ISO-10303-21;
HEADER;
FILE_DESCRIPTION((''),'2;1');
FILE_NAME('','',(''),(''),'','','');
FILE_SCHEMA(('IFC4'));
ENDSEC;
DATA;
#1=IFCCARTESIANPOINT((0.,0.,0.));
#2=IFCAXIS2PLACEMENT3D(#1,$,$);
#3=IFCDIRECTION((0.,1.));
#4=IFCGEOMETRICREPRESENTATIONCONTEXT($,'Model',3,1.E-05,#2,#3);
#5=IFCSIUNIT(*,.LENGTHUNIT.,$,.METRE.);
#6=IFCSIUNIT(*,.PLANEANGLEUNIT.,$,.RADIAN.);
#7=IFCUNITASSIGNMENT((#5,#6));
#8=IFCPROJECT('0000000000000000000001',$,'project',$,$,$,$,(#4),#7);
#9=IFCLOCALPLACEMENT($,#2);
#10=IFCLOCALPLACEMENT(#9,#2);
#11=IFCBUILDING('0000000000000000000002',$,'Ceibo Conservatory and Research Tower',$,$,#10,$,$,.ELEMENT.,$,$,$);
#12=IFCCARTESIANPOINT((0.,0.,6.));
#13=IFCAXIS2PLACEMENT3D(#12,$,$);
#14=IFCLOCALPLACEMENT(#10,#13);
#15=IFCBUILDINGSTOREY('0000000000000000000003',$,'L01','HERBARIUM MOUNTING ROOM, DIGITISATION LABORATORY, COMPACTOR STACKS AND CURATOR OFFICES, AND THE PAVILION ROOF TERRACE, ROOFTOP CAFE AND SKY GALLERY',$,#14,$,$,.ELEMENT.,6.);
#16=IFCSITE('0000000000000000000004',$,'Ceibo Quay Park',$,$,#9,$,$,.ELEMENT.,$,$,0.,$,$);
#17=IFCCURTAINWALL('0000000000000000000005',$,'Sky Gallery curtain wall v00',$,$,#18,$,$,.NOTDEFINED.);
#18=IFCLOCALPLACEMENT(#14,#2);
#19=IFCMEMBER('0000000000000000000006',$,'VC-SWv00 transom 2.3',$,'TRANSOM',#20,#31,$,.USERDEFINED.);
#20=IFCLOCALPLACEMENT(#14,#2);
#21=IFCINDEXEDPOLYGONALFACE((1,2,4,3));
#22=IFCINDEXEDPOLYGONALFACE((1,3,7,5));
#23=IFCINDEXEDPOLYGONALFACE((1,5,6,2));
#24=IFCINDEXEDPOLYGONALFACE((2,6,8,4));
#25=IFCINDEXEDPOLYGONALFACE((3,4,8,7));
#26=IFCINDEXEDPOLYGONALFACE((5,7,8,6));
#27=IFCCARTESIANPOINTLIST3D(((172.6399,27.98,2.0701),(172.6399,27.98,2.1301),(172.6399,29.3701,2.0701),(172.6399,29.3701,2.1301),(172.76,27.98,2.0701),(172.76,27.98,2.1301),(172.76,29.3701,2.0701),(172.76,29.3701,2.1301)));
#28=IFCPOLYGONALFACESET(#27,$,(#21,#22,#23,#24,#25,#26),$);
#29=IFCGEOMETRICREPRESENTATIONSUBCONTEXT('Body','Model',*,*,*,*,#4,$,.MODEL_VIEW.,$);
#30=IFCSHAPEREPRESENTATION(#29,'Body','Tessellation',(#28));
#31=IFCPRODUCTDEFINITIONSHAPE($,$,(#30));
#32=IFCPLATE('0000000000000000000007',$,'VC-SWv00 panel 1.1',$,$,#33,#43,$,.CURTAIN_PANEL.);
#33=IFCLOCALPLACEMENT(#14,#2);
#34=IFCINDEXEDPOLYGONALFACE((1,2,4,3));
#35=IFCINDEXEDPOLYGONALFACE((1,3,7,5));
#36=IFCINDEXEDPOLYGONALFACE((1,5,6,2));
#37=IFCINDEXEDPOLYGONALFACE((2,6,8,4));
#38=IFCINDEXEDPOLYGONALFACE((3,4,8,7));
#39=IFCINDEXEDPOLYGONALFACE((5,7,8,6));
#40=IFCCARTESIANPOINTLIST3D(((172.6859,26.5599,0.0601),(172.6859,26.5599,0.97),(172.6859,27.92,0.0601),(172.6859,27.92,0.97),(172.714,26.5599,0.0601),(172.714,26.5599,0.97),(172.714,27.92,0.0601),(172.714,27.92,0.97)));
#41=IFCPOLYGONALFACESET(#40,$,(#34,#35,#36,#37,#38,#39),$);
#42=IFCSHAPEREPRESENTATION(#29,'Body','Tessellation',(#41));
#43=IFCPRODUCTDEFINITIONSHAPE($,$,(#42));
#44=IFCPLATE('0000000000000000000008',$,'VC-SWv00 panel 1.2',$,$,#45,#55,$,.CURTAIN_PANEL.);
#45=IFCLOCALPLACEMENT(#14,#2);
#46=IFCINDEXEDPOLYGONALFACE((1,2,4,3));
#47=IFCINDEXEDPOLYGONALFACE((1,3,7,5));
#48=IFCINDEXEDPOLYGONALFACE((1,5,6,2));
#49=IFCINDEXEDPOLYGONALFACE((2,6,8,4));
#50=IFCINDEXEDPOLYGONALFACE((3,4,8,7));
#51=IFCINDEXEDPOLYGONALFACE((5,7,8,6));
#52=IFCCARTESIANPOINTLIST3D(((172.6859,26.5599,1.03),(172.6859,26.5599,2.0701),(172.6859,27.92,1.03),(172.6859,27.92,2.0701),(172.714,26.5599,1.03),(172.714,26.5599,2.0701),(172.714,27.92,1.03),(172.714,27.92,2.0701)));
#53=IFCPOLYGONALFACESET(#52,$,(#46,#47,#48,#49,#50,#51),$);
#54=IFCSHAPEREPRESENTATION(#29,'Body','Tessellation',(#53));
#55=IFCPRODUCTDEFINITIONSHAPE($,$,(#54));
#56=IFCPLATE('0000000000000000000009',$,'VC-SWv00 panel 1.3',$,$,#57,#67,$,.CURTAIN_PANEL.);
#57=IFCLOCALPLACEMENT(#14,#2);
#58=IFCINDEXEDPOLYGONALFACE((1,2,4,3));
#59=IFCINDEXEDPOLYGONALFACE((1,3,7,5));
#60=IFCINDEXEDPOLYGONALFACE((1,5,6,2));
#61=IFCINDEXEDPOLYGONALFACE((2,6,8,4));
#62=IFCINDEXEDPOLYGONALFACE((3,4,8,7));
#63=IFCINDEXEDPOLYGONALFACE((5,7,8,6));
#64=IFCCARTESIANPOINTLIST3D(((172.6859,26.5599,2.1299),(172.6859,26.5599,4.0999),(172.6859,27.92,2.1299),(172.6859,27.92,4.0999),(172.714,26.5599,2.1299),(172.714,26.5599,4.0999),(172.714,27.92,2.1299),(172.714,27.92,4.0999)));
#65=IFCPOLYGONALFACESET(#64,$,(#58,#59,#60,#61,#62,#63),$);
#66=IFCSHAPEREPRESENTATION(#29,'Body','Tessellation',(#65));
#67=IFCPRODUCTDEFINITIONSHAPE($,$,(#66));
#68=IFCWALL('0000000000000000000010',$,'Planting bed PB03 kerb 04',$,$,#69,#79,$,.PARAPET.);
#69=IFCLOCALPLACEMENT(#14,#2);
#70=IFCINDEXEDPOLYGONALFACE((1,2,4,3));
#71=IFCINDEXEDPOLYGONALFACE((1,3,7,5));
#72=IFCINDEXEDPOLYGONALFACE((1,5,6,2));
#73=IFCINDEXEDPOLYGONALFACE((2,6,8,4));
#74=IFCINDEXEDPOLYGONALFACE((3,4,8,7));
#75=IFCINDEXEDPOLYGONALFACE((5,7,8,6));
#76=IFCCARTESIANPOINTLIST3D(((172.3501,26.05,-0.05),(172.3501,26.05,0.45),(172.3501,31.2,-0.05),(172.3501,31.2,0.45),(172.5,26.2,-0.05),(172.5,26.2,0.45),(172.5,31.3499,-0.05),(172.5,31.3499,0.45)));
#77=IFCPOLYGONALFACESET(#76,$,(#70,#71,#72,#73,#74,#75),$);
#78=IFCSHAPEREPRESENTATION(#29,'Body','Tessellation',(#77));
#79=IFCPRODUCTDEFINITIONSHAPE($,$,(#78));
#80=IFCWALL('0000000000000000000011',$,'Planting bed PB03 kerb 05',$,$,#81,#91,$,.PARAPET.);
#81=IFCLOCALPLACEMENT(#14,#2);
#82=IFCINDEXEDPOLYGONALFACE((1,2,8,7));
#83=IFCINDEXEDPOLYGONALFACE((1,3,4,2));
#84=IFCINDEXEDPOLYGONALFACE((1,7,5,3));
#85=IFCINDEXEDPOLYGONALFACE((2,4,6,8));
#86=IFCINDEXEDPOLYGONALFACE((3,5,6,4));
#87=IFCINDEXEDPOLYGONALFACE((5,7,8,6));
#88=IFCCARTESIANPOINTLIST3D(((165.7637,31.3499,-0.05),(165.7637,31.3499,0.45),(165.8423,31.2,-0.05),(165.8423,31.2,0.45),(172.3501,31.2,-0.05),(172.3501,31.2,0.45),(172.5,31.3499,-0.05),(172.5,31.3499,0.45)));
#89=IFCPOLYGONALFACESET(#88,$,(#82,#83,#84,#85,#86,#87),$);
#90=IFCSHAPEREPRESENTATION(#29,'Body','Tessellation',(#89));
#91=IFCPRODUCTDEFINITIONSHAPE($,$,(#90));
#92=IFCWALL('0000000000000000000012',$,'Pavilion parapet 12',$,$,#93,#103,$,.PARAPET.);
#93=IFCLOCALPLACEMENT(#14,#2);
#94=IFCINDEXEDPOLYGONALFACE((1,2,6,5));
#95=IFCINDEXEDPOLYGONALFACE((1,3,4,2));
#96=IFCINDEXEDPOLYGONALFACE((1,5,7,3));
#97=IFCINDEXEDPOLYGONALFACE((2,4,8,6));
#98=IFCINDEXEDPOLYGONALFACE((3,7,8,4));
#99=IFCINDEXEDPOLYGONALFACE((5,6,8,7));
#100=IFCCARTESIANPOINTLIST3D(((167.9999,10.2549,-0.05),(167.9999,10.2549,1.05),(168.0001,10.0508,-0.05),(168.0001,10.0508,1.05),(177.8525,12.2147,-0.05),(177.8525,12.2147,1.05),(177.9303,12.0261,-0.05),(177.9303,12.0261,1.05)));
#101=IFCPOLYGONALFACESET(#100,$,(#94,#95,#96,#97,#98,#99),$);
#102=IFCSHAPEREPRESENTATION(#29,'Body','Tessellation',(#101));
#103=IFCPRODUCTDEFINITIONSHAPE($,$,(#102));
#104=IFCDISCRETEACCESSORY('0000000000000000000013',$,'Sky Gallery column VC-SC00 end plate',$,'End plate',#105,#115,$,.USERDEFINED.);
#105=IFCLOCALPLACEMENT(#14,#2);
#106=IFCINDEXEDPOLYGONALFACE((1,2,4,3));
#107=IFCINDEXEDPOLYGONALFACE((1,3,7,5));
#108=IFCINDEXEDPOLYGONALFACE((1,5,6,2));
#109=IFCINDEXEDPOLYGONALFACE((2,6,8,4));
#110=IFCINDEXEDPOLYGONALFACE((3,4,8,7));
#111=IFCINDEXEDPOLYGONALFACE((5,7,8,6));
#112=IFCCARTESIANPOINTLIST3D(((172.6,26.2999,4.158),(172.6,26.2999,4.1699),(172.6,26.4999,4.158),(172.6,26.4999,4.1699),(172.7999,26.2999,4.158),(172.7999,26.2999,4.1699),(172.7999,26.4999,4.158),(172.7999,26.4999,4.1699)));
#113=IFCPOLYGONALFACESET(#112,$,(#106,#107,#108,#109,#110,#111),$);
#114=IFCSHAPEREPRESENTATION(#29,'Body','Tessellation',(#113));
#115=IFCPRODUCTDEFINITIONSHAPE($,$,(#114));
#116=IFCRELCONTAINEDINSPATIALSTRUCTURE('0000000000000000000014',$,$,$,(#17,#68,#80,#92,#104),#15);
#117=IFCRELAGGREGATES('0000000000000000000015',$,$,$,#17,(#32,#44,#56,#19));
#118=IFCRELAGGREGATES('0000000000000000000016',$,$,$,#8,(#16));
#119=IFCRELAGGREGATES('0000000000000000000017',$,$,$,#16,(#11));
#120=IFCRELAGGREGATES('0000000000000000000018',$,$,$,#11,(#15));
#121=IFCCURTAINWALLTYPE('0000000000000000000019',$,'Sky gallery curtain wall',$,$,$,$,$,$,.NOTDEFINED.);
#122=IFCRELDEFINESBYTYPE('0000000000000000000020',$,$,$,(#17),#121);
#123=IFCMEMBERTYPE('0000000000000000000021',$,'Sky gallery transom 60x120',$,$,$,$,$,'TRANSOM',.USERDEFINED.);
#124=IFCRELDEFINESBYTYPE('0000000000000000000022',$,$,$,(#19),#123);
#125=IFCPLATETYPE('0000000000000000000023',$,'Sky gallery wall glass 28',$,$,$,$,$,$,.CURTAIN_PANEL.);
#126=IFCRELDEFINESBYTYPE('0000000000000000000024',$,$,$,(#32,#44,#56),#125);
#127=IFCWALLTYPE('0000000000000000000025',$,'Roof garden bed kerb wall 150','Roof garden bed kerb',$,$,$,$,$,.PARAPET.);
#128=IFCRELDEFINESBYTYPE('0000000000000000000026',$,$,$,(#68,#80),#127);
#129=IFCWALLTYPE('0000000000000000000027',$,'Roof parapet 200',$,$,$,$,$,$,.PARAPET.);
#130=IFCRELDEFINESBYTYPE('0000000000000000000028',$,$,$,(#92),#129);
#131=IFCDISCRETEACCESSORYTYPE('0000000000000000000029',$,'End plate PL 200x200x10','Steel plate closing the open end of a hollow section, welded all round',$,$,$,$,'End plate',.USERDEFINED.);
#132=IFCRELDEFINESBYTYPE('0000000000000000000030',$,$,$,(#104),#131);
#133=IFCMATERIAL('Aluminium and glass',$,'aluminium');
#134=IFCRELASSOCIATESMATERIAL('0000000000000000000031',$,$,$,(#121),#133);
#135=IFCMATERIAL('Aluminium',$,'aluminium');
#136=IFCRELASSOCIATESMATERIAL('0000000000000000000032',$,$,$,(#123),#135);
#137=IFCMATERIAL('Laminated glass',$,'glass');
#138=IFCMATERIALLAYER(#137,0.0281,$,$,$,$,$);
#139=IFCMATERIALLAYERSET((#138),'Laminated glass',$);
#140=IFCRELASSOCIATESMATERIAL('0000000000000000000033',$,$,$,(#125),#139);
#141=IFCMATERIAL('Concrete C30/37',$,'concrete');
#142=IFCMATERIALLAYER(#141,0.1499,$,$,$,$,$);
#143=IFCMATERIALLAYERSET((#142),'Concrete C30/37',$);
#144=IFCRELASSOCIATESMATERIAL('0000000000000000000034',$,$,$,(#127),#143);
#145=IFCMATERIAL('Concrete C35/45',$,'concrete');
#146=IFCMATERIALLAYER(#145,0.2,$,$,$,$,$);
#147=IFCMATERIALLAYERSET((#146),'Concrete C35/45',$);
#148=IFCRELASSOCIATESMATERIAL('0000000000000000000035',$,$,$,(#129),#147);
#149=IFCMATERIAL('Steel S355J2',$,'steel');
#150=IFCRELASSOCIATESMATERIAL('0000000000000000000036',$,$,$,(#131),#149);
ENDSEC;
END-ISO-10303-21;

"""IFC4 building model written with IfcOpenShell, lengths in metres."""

from ifc_helpers import new_model, si_unit, direction, frame, origin, origin_2d, place, context, subcontext, project, spatial, polyline, rectangle, outline, extrude, material, layer, layer_set, material_profile, profile_set, type_object, element, aggregate, save


model = new_model("IFC4")

# Units and contexts
model_context = context("Model", 3, precision=1e-05, world=origin(), true_north=direction((0.0, 1.0)))
body_context = subcontext(model_context, "Body", "Model", "MODEL_VIEW")
ifc_project = project(units=[si_unit("LENGTHUNIT", "METRE"), si_unit("PLANEANGLEUNIT", "RADIAN")], contexts=[model_context])

# Site, building, storey
site_placement = place(None, origin())
site = spatial("IfcSite", under=ifc_project, at=site_placement, Name="Ceibo Quay Park", CompositionType="ELEMENT", RefElevation=0.0)
building_placement = place(site_placement, origin())
building = spatial("IfcBuilding", under=site, at=building_placement, Name="Ceibo Conservatory and Research Tower", CompositionType="ELEMENT")
storey_placement = place(building_placement, frame((0.0, 0.0, 6.0)))
storey = spatial("IfcBuildingStorey", under=building, at=storey_placement, Name="L01", Description="HERBARIUM MOUNTING ROOM, DIGITISATION LABORATORY, COMPACTOR STACKS AND CURATOR OFFICES, AND THE PAVILION ROOF TERRACE, ROOFTOP CAFE AND SKY GALLERY", CompositionType="ELEMENT", Elevation=6.0)

# Shared definitions
ifc_material_1 = material(Name="Steel S355J2", Category="steel")

# Curtain wall, member, plates
ifc_material_2 = material(Name="Aluminium and glass", Category="aluminium")
curtain_wall_type = type_object("IfcCurtainWallType", Name="Sky gallery curtain wall", PredefinedType="NOTDEFINED", material=ifc_material_2)
curtain_wall_placement = place(storey_placement, origin())
curtain_wall = element("IfcCurtainWall", 1, at=curtain_wall_placement, inside=storey, type_object=curtain_wall_type, Name="Sky Gallery curtain wall v00", PredefinedType="NOTDEFINED")
ifc_material_3 = material(Name="Aluminium", Category="aluminium")
ifc_material_profile_1 = material_profile(ifc_material_3, rectangle(XDim=0.1201, YDim=0.0601, at=origin_2d()), Name="AL 60x120")
ifc_profile_set_1 = profile_set([ifc_material_profile_1], Name="Aluminium")
member_type_1 = type_object("IfcMemberType", Name="Sky gallery transom 60x120", ElementType="TRANSOM", PredefinedType="USERDEFINED", material=ifc_profile_set_1)
member_1_placement = place(storey_placement, frame((172.7, 27.98, 2.1001), z_axis=(0.0, 1.0, 0.0), x_axis=(-1.0, 0.0, 0.0)))
member_1 = element("IfcMember", 2, at=member_1_placement, type_object=member_type_1, Name="VC-SWv00 transom 2.3", ObjectType="TRANSOM", PredefinedType="USERDEFINED", context=body_context, shape_type="SweptSolid", body=[
    extrude(rectangle(XDim=0.1201, YDim=0.0601, at=origin_2d()), origin(), (0.0, 0.0, 1.0), 1.3901),
])
ifc_material_4 = material(Name="Laminated glass", Category="glass")
ifc_layer_1 = layer(ifc_material_4, 0.0281)
ifc_layer_set_1 = layer_set([ifc_layer_1], Name="Laminated glass")
plate_type = type_object("IfcPlateType", Name="Sky gallery wall glass 28", PredefinedType="CURTAIN_PANEL", material=ifc_layer_set_1)
plate_1_placement = place(storey_placement, frame((172.7, 27.24, 0.0601), z_axis=(0.0, 0.0, 1.0), x_axis=(0.0, 1.0, 0.0)))
plate_1 = element("IfcPlate", 3, at=plate_1_placement, type_object=plate_type, Name="VC-SWv00 panel 1.1", PredefinedType="CURTAIN_PANEL", context=body_context, shape_type="SweptSolid", body=[
    extrude(rectangle(XDim=1.3601, YDim=0.0281, at=origin_2d()), origin(), (0.0, 0.0, 1.0), 0.9099),
])
plate_2_placement = place(storey_placement, frame((172.7, 27.24, 1.03), z_axis=(0.0, 0.0, 1.0), x_axis=(0.0, 1.0, 0.0)))
plate_2 = element("IfcPlate", 4, at=plate_2_placement, type_object=plate_type, Name="VC-SWv00 panel 1.2", PredefinedType="CURTAIN_PANEL", context=body_context, shape_type="SweptSolid", body=[
    extrude(rectangle(XDim=1.3601, YDim=0.0281, at=origin_2d()), origin(), (0.0, 0.0, 1.0), 1.04),
])
plate_3_placement = place(storey_placement, frame((172.7, 27.24, 2.1299), z_axis=(0.0, 0.0, 1.0), x_axis=(0.0, 1.0, 0.0)))
plate_3 = element("IfcPlate", 5, at=plate_3_placement, type_object=plate_type, Name="VC-SWv00 panel 1.3", PredefinedType="CURTAIN_PANEL", context=body_context, shape_type="SweptSolid", body=[
    extrude(rectangle(XDim=1.3601, YDim=0.0281, at=origin_2d()), origin(), (0.0, 0.0, 1.0), 1.97),
])
aggregate(curtain_wall, [plate_1, plate_2, plate_3, member_1])

# Walls
ifc_material_5 = material(Name="Concrete C30/37", Category="concrete")
ifc_layer_2 = layer(ifc_material_5, 0.1499)
ifc_layer_set_2 = layer_set([ifc_layer_2], Name="Concrete C30/37")
wall_type_1 = type_object("IfcWallType", Name="Roof garden bed kerb wall 150", Description="Roof garden bed kerb", PredefinedType="PARAPET", material=ifc_layer_set_2)
wall_1_placement = place(storey_placement, frame((172.425, 26.125, -0.05), z_axis=(0.0, 0.0, 1.0), x_axis=(0.0, 1.0, 0.0)))
element("IfcWall", 6, at=wall_1_placement, inside=storey, type_object=wall_type_1, Name="Planting bed PB03 kerb 04", PredefinedType="PARAPET", context=body_context, shape_type="SweptSolid", body=[
    extrude(outline(polyline([(0.075, -0.075), (5.2249, -0.075), (5.075, 0.075), (-0.075, 0.075), (0.075, -0.075)])), origin(), (0.0, 0.0, 1.0), 0.5),
])
wall_2_placement = place(storey_placement, frame((172.425, 31.2749, -0.05), z_axis=(0.0, 0.0, 1.0), x_axis=(-1.0, 0.0, 0.0)))
element("IfcWall", 7, at=wall_2_placement, inside=storey, type_object=wall_type_1, Name="Planting bed PB03 kerb 05", PredefinedType="PARAPET", context=body_context, shape_type="SweptSolid", body=[
    extrude(outline(polyline([(-0.075, -0.075), (6.6614, -0.075), (6.5828, 0.075), (0.075, 0.075), (-0.075, -0.075)])), origin(), (0.0, 0.0, 1.0), 0.5),
])
ifc_material_6 = material(Name="Concrete C35/45", Category="concrete")
ifc_layer_3 = layer(ifc_material_6, 0.2)
ifc_layer_set_3 = layer_set([ifc_layer_3], Name="Concrete C35/45")
wall_type_2 = type_object("IfcWallType", Name="Roof parapet 200", PredefinedType="PARAPET", material=ifc_layer_set_3)
wall_3_placement = place(storey_placement, frame((168.0, 10.1528, -0.05), z_axis=(0.0, 0.0, 1.0), x_axis=(0.980785, 0.195092, 0.0)))
element("IfcWall", 8, at=wall_3_placement, inside=storey, type_object=wall_type_2, Name="Pavilion parapet 12", PredefinedType="PARAPET", context=body_context, shape_type="SweptSolid", body=[
    extrude(outline(polyline([(-0.0198, -0.1001), (10.105, -0.1001), (10.0654, 0.1001), (0.0198, 0.1001), (-0.0198, -0.1001)])), origin(), (0.0, 0.0, 1.0), 1.1001),
])

# Discrete accessory
ifc_material_profile_2 = material_profile(ifc_material_1, rectangle(XDim=0.2, YDim=0.2, at=origin_2d()), Name="End plate PL 200x200x10")
ifc_profile_set_2 = profile_set([ifc_material_profile_2], Name="Steel S355J2")
discrete_accessory_type = type_object("IfcDiscreteAccessoryType", Name="End plate PL 200x200x10", Description="Steel plate closing the open end of a hollow section, welded all round", ElementType="End plate", PredefinedType="USERDEFINED", material=ifc_profile_set_2)
discrete_accessory_placement = place(storey_placement, frame((172.7, 26.3999, 4.158), z_axis=(0.0, 0.0, 1.0), x_axis=(1.0, 0.0, 0.0)))
element("IfcDiscreteAccessory", 9, at=discrete_accessory_placement, inside=storey, type_object=discrete_accessory_type, Name="Sky Gallery column VC-SC00 end plate", ObjectType="End plate", PredefinedType="USERDEFINED", context=body_context, shape_type="SweptSolid", body=[
    extrude(rectangle(XDim=0.2, YDim=0.2, at=origin_2d()), origin(), (0.0, 0.0, 1.0), 0.012),
])

save(model, "model.ifc")
